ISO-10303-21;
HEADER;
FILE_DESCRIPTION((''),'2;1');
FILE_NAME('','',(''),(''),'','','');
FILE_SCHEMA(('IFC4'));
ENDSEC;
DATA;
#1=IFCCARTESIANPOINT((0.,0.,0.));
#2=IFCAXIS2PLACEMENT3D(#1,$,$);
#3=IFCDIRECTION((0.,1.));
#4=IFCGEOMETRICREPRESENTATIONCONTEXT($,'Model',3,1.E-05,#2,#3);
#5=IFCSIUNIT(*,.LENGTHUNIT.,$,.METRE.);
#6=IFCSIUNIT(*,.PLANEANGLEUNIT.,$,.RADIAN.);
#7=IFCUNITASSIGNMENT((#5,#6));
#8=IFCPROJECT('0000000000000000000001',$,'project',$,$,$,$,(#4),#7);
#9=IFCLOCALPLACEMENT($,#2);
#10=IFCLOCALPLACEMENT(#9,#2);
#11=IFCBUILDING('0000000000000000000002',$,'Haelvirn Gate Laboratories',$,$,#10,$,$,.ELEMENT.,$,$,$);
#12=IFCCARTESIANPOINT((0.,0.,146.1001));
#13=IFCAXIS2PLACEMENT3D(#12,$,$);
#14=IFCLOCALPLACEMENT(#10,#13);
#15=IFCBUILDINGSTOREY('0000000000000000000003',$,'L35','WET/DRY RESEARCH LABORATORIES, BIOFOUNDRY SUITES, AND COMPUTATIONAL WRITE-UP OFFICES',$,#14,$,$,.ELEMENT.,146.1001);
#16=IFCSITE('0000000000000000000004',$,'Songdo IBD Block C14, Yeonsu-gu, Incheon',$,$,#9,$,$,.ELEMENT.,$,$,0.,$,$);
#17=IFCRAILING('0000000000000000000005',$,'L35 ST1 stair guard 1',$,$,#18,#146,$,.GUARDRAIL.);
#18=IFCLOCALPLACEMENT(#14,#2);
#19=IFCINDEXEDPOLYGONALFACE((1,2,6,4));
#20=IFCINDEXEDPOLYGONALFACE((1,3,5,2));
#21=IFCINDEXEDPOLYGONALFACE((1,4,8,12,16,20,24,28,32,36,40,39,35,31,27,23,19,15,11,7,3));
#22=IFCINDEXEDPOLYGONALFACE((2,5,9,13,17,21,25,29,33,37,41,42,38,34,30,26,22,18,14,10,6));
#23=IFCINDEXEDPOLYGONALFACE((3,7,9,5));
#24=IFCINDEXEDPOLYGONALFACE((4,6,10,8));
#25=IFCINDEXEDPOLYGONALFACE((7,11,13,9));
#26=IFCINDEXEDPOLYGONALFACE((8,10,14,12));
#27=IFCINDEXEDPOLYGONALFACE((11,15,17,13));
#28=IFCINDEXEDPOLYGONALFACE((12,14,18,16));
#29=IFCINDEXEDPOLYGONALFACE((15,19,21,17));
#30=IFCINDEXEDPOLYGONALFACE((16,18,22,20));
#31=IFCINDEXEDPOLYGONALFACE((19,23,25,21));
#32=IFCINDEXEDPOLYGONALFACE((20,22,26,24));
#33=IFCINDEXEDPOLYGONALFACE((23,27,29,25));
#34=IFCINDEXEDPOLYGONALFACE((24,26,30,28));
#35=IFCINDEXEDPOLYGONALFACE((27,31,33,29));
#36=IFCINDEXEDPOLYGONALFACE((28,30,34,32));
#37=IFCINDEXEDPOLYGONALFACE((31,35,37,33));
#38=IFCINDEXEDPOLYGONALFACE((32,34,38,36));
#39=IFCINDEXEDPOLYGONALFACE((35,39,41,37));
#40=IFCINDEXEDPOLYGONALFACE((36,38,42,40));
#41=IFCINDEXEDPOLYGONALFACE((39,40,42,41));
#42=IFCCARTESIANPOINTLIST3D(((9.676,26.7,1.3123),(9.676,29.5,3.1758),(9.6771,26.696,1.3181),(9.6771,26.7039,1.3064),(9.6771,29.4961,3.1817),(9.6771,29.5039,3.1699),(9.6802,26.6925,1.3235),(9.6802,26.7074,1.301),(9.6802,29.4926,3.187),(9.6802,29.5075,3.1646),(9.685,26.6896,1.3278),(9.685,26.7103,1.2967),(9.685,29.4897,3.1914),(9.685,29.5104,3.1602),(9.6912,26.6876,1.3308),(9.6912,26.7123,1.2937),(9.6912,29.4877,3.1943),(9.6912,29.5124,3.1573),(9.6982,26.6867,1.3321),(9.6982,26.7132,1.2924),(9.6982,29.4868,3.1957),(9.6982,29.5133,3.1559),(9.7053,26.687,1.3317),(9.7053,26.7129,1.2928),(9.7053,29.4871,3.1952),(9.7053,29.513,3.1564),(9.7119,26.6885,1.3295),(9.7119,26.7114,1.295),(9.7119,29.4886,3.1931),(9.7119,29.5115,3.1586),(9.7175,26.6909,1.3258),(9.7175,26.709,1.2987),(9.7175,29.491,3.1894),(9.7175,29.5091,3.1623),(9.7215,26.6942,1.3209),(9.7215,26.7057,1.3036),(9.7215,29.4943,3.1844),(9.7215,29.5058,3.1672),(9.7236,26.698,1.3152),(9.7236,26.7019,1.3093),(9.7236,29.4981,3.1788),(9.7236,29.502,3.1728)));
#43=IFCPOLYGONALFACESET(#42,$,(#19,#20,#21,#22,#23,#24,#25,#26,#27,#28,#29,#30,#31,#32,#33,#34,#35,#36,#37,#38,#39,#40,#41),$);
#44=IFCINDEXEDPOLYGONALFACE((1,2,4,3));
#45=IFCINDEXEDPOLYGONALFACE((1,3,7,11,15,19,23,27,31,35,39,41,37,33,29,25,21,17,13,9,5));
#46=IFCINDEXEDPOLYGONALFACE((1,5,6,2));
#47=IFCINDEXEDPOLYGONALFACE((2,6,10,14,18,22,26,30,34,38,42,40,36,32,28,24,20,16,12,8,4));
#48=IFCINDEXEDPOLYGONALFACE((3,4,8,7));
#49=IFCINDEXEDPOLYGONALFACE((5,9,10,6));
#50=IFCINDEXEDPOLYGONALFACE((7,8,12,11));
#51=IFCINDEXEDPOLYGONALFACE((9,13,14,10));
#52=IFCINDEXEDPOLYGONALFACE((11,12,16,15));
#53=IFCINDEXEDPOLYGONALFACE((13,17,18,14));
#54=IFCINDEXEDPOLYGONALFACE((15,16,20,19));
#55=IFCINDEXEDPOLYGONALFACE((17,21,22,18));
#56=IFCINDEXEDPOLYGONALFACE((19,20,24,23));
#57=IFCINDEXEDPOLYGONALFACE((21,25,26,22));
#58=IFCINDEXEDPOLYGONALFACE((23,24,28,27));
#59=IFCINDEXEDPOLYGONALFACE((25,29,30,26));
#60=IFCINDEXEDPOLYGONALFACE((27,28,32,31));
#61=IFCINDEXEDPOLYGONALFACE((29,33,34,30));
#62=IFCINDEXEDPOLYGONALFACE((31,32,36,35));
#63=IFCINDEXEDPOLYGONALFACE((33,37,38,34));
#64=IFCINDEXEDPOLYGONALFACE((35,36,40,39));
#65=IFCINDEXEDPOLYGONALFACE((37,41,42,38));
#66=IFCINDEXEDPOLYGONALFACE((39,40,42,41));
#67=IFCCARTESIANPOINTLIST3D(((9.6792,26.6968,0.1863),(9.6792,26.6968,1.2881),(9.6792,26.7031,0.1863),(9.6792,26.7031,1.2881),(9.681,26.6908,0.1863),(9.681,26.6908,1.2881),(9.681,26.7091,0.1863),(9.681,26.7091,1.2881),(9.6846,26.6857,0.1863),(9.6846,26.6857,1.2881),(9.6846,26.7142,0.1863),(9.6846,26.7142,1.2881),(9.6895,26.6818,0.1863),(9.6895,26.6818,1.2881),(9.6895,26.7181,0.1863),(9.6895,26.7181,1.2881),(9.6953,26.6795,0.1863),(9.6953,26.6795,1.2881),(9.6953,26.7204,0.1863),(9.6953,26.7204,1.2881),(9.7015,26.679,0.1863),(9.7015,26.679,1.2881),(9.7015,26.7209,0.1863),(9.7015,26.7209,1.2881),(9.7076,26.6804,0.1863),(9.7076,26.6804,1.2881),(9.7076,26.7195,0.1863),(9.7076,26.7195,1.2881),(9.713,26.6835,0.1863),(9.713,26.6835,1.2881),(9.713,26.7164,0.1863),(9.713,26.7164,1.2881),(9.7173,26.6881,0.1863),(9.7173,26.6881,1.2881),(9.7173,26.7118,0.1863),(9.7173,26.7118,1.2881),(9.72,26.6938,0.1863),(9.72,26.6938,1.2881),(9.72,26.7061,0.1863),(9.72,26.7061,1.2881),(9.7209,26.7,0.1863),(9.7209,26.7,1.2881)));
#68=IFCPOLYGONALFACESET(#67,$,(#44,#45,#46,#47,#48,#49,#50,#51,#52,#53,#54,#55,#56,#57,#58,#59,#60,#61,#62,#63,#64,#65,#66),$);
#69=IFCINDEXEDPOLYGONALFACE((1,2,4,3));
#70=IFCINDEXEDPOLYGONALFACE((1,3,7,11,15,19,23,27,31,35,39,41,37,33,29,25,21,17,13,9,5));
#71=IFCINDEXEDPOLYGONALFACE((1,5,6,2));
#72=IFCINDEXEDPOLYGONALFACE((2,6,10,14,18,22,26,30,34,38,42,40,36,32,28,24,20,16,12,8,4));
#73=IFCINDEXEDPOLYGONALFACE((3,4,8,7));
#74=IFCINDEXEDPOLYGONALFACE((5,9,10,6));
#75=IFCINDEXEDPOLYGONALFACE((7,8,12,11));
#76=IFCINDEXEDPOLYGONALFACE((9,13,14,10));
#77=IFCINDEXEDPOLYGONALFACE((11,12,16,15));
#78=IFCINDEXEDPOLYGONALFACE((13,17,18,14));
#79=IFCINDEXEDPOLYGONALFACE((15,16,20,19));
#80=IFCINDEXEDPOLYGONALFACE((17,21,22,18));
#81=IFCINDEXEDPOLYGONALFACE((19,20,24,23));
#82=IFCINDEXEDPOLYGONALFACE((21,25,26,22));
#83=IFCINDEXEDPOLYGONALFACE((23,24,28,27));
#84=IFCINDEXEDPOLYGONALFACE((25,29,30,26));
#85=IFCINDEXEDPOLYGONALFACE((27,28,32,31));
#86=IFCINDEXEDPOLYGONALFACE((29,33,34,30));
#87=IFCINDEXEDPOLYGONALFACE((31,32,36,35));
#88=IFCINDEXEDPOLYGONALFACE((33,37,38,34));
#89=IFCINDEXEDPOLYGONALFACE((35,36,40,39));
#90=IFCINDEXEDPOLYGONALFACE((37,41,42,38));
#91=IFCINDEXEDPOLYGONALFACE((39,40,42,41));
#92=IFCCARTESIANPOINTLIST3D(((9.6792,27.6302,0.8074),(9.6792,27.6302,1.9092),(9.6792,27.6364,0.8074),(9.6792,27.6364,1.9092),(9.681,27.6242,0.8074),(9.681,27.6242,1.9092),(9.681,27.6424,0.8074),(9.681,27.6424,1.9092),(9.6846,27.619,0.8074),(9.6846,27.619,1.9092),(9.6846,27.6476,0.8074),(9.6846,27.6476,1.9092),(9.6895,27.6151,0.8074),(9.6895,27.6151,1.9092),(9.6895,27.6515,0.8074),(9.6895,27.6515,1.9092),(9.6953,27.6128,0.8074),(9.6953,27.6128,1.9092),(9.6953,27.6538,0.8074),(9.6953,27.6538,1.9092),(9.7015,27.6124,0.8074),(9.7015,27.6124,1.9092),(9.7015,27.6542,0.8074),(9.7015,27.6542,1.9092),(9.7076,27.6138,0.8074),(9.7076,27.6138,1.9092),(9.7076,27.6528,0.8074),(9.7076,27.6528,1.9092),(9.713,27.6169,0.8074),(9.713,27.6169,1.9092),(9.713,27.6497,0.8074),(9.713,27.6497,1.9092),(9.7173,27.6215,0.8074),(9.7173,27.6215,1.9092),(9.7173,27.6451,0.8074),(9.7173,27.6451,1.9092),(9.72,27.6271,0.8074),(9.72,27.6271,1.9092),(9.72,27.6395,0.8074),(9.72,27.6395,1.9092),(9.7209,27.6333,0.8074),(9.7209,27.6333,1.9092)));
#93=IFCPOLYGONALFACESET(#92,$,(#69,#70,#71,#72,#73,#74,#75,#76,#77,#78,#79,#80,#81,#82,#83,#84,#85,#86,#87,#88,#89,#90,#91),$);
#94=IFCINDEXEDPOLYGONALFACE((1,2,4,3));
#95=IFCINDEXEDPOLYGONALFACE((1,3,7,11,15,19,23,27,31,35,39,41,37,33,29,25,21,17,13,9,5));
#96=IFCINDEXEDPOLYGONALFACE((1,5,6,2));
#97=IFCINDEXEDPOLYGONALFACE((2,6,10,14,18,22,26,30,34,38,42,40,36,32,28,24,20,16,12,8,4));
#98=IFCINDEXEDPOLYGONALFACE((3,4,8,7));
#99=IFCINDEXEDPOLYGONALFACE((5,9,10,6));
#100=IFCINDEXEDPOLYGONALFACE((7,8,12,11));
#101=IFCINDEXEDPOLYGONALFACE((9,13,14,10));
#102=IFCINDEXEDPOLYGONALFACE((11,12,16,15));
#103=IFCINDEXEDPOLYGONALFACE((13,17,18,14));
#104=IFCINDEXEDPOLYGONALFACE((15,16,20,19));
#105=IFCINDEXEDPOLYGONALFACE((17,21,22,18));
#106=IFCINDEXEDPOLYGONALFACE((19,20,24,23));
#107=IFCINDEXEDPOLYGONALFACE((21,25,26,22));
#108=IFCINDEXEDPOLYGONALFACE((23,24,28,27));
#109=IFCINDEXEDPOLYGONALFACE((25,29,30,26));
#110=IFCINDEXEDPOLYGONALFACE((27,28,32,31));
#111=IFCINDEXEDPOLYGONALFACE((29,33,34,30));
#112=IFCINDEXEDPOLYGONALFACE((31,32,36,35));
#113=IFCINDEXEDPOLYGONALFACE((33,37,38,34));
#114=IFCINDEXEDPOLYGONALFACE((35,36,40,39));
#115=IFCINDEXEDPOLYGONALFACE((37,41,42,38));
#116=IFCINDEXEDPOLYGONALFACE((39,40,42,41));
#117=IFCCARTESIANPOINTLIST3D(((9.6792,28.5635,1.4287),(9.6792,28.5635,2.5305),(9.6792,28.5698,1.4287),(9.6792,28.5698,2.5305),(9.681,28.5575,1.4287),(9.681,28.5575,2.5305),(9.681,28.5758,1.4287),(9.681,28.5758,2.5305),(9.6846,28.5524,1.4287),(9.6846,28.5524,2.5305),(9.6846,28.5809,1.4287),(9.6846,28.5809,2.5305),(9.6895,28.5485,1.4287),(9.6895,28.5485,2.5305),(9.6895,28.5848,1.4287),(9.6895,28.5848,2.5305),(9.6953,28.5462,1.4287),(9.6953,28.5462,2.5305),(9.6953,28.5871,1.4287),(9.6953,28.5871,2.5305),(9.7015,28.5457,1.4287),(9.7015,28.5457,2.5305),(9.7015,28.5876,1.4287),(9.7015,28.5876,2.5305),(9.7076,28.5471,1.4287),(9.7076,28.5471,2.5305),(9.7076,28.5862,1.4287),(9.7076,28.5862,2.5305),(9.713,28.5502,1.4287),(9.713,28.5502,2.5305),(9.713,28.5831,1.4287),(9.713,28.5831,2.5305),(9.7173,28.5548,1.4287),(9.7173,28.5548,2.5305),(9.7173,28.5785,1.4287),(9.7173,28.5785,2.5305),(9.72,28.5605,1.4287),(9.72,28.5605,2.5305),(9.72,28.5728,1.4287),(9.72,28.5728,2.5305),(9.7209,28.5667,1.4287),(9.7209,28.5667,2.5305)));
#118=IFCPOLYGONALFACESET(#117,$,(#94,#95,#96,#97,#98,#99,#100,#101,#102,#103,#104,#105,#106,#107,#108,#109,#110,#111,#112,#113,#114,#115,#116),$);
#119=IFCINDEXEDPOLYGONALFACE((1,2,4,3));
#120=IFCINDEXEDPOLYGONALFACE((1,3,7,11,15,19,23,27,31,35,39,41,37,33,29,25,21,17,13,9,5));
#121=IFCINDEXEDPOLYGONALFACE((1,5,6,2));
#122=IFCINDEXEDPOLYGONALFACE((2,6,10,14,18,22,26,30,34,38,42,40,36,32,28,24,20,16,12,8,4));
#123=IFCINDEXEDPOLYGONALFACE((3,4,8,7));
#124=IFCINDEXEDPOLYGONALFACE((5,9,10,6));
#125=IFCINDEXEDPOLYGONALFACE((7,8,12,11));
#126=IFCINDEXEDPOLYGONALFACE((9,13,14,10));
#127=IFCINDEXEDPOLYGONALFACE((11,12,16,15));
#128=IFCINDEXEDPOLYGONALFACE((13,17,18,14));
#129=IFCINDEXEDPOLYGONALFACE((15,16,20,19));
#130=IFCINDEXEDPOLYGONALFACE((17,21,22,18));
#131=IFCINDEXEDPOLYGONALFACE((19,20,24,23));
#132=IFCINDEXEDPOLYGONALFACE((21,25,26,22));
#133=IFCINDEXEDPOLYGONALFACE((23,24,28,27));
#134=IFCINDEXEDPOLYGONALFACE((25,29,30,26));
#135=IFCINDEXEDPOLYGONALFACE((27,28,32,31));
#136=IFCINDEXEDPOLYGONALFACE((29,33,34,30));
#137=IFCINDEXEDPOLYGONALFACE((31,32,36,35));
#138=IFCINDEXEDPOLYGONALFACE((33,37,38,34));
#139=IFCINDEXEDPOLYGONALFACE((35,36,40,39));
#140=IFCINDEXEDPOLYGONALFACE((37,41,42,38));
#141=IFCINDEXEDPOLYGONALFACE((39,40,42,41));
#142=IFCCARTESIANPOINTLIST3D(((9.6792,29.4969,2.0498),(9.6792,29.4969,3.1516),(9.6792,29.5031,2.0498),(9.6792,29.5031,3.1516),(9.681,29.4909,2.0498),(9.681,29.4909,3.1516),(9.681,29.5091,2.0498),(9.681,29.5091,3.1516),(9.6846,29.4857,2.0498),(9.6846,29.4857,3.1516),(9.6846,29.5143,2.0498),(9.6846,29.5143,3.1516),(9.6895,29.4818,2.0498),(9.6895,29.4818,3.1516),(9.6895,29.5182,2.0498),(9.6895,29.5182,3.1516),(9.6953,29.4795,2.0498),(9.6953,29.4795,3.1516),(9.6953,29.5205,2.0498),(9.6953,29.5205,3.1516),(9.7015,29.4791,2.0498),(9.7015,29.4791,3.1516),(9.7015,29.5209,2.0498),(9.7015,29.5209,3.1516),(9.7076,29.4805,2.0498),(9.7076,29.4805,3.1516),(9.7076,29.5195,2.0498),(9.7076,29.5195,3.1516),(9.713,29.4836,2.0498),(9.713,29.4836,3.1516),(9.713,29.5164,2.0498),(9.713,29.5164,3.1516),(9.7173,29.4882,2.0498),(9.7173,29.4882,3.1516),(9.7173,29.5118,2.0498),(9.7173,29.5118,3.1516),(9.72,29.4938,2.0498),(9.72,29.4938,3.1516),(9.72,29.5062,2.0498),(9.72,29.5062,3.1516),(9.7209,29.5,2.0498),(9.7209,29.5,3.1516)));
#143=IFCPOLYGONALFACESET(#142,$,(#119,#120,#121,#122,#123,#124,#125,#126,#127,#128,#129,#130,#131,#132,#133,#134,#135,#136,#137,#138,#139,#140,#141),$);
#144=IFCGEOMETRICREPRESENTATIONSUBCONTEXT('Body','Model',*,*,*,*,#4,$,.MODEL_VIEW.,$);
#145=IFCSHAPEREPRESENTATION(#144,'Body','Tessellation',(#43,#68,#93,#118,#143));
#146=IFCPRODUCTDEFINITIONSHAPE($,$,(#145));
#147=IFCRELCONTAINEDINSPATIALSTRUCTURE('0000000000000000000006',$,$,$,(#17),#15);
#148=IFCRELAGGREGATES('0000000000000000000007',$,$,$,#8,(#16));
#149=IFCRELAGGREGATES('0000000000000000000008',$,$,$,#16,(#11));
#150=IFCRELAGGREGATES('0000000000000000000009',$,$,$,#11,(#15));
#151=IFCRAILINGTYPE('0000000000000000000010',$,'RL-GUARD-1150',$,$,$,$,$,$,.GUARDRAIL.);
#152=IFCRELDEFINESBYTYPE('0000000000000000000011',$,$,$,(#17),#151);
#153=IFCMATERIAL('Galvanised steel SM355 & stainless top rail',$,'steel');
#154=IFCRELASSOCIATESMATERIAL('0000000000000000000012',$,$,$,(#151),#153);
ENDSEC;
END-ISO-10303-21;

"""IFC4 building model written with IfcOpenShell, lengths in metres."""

from ifc_helpers import new_model, si_unit, direction, frame, origin, origin_2d, place, context, subcontext, project, spatial, circle, extrude, source, transform, mapped, material, type_object, element, save


model = new_model("IFC4")

# Units and contexts
model_context = context("Model", 3, precision=1e-05, world=origin(), true_north=direction((0.0, 1.0)))
body_context = subcontext(model_context, "Body", "Model", "MODEL_VIEW")
ifc_project = project(units=[si_unit("LENGTHUNIT", "METRE"), si_unit("PLANEANGLEUNIT", "RADIAN")], contexts=[model_context])

# Site, building, storey
site_placement = place(None, origin())
site = spatial("IfcSite", under=ifc_project, at=site_placement, Name="Songdo IBD Block C14, Yeonsu-gu, Incheon", CompositionType="ELEMENT", RefElevation=0.0)
building_placement = place(site_placement, origin())
building = spatial("IfcBuilding", under=site, at=building_placement, Name="Haelvirn Gate Laboratories", CompositionType="ELEMENT")
storey_placement = place(building_placement, frame((0.0, 0.0, 146.1001)))
storey = spatial("IfcBuildingStorey", under=building, at=storey_placement, Name="L35", Description="WET/DRY RESEARCH LABORATORIES, BIOFOUNDRY SUITES, AND COMPUTATIONAL WRITE-UP OFFICES", CompositionType="ELEMENT", Elevation=146.1001)

# Railing
ifc_material_1 = material(Name="Galvanised steel SM355 & stainless top rail", Category="steel")
railing_type_1 = type_object("IfcRailingType", Name="RL-GUARD-1150", PredefinedType="GUARDRAIL", material=ifc_material_1)
shared_shape_1 = source(origin(), body_context, "Body", "SweptSolid", [
    extrude(circle(Radius=0.0239, at=origin_2d()), frame((0.0, 0.0, 1.126), z_axis=(0.0, 0.832486, 0.554047), x_axis=(-1.0, 0.0, 0.0)), (0.0, 0.0, 1.0), 3.3635),
    extrude(circle(Radius=0.021, at=origin_2d()), origin(), (0.0, 0.0, 1.0), 1.1018),
    extrude(circle(Radius=0.021, at=origin_2d()), frame((0.0, 0.9333, 0.6211)), (0.0, 0.0, 1.0), 1.1018),
    extrude(circle(Radius=0.021, at=origin_2d()), frame((0.0, 1.8667, 1.2424)), (0.0, 0.0, 1.0), 1.1018),
    extrude(circle(Radius=0.021, at=origin_2d()), frame((0.0, 2.8, 1.8635)), (0.0, 0.0, 1.0), 1.1018),
])
railing_1_placement = place(storey_placement, frame((9.7, 26.7, 0.1863)))
element("IfcRailing", 1, at=railing_1_placement, inside=storey, type_object=railing_type_1, Name="L35 ST1 stair guard 1", PredefinedType="GUARDRAIL", context=body_context, shape_type="MappedRepresentation", body=[
    mapped(shared_shape_1, transform((0.0, 0.0, 0.0), scale=1.0)),
])

save(model, "model.ifc")
